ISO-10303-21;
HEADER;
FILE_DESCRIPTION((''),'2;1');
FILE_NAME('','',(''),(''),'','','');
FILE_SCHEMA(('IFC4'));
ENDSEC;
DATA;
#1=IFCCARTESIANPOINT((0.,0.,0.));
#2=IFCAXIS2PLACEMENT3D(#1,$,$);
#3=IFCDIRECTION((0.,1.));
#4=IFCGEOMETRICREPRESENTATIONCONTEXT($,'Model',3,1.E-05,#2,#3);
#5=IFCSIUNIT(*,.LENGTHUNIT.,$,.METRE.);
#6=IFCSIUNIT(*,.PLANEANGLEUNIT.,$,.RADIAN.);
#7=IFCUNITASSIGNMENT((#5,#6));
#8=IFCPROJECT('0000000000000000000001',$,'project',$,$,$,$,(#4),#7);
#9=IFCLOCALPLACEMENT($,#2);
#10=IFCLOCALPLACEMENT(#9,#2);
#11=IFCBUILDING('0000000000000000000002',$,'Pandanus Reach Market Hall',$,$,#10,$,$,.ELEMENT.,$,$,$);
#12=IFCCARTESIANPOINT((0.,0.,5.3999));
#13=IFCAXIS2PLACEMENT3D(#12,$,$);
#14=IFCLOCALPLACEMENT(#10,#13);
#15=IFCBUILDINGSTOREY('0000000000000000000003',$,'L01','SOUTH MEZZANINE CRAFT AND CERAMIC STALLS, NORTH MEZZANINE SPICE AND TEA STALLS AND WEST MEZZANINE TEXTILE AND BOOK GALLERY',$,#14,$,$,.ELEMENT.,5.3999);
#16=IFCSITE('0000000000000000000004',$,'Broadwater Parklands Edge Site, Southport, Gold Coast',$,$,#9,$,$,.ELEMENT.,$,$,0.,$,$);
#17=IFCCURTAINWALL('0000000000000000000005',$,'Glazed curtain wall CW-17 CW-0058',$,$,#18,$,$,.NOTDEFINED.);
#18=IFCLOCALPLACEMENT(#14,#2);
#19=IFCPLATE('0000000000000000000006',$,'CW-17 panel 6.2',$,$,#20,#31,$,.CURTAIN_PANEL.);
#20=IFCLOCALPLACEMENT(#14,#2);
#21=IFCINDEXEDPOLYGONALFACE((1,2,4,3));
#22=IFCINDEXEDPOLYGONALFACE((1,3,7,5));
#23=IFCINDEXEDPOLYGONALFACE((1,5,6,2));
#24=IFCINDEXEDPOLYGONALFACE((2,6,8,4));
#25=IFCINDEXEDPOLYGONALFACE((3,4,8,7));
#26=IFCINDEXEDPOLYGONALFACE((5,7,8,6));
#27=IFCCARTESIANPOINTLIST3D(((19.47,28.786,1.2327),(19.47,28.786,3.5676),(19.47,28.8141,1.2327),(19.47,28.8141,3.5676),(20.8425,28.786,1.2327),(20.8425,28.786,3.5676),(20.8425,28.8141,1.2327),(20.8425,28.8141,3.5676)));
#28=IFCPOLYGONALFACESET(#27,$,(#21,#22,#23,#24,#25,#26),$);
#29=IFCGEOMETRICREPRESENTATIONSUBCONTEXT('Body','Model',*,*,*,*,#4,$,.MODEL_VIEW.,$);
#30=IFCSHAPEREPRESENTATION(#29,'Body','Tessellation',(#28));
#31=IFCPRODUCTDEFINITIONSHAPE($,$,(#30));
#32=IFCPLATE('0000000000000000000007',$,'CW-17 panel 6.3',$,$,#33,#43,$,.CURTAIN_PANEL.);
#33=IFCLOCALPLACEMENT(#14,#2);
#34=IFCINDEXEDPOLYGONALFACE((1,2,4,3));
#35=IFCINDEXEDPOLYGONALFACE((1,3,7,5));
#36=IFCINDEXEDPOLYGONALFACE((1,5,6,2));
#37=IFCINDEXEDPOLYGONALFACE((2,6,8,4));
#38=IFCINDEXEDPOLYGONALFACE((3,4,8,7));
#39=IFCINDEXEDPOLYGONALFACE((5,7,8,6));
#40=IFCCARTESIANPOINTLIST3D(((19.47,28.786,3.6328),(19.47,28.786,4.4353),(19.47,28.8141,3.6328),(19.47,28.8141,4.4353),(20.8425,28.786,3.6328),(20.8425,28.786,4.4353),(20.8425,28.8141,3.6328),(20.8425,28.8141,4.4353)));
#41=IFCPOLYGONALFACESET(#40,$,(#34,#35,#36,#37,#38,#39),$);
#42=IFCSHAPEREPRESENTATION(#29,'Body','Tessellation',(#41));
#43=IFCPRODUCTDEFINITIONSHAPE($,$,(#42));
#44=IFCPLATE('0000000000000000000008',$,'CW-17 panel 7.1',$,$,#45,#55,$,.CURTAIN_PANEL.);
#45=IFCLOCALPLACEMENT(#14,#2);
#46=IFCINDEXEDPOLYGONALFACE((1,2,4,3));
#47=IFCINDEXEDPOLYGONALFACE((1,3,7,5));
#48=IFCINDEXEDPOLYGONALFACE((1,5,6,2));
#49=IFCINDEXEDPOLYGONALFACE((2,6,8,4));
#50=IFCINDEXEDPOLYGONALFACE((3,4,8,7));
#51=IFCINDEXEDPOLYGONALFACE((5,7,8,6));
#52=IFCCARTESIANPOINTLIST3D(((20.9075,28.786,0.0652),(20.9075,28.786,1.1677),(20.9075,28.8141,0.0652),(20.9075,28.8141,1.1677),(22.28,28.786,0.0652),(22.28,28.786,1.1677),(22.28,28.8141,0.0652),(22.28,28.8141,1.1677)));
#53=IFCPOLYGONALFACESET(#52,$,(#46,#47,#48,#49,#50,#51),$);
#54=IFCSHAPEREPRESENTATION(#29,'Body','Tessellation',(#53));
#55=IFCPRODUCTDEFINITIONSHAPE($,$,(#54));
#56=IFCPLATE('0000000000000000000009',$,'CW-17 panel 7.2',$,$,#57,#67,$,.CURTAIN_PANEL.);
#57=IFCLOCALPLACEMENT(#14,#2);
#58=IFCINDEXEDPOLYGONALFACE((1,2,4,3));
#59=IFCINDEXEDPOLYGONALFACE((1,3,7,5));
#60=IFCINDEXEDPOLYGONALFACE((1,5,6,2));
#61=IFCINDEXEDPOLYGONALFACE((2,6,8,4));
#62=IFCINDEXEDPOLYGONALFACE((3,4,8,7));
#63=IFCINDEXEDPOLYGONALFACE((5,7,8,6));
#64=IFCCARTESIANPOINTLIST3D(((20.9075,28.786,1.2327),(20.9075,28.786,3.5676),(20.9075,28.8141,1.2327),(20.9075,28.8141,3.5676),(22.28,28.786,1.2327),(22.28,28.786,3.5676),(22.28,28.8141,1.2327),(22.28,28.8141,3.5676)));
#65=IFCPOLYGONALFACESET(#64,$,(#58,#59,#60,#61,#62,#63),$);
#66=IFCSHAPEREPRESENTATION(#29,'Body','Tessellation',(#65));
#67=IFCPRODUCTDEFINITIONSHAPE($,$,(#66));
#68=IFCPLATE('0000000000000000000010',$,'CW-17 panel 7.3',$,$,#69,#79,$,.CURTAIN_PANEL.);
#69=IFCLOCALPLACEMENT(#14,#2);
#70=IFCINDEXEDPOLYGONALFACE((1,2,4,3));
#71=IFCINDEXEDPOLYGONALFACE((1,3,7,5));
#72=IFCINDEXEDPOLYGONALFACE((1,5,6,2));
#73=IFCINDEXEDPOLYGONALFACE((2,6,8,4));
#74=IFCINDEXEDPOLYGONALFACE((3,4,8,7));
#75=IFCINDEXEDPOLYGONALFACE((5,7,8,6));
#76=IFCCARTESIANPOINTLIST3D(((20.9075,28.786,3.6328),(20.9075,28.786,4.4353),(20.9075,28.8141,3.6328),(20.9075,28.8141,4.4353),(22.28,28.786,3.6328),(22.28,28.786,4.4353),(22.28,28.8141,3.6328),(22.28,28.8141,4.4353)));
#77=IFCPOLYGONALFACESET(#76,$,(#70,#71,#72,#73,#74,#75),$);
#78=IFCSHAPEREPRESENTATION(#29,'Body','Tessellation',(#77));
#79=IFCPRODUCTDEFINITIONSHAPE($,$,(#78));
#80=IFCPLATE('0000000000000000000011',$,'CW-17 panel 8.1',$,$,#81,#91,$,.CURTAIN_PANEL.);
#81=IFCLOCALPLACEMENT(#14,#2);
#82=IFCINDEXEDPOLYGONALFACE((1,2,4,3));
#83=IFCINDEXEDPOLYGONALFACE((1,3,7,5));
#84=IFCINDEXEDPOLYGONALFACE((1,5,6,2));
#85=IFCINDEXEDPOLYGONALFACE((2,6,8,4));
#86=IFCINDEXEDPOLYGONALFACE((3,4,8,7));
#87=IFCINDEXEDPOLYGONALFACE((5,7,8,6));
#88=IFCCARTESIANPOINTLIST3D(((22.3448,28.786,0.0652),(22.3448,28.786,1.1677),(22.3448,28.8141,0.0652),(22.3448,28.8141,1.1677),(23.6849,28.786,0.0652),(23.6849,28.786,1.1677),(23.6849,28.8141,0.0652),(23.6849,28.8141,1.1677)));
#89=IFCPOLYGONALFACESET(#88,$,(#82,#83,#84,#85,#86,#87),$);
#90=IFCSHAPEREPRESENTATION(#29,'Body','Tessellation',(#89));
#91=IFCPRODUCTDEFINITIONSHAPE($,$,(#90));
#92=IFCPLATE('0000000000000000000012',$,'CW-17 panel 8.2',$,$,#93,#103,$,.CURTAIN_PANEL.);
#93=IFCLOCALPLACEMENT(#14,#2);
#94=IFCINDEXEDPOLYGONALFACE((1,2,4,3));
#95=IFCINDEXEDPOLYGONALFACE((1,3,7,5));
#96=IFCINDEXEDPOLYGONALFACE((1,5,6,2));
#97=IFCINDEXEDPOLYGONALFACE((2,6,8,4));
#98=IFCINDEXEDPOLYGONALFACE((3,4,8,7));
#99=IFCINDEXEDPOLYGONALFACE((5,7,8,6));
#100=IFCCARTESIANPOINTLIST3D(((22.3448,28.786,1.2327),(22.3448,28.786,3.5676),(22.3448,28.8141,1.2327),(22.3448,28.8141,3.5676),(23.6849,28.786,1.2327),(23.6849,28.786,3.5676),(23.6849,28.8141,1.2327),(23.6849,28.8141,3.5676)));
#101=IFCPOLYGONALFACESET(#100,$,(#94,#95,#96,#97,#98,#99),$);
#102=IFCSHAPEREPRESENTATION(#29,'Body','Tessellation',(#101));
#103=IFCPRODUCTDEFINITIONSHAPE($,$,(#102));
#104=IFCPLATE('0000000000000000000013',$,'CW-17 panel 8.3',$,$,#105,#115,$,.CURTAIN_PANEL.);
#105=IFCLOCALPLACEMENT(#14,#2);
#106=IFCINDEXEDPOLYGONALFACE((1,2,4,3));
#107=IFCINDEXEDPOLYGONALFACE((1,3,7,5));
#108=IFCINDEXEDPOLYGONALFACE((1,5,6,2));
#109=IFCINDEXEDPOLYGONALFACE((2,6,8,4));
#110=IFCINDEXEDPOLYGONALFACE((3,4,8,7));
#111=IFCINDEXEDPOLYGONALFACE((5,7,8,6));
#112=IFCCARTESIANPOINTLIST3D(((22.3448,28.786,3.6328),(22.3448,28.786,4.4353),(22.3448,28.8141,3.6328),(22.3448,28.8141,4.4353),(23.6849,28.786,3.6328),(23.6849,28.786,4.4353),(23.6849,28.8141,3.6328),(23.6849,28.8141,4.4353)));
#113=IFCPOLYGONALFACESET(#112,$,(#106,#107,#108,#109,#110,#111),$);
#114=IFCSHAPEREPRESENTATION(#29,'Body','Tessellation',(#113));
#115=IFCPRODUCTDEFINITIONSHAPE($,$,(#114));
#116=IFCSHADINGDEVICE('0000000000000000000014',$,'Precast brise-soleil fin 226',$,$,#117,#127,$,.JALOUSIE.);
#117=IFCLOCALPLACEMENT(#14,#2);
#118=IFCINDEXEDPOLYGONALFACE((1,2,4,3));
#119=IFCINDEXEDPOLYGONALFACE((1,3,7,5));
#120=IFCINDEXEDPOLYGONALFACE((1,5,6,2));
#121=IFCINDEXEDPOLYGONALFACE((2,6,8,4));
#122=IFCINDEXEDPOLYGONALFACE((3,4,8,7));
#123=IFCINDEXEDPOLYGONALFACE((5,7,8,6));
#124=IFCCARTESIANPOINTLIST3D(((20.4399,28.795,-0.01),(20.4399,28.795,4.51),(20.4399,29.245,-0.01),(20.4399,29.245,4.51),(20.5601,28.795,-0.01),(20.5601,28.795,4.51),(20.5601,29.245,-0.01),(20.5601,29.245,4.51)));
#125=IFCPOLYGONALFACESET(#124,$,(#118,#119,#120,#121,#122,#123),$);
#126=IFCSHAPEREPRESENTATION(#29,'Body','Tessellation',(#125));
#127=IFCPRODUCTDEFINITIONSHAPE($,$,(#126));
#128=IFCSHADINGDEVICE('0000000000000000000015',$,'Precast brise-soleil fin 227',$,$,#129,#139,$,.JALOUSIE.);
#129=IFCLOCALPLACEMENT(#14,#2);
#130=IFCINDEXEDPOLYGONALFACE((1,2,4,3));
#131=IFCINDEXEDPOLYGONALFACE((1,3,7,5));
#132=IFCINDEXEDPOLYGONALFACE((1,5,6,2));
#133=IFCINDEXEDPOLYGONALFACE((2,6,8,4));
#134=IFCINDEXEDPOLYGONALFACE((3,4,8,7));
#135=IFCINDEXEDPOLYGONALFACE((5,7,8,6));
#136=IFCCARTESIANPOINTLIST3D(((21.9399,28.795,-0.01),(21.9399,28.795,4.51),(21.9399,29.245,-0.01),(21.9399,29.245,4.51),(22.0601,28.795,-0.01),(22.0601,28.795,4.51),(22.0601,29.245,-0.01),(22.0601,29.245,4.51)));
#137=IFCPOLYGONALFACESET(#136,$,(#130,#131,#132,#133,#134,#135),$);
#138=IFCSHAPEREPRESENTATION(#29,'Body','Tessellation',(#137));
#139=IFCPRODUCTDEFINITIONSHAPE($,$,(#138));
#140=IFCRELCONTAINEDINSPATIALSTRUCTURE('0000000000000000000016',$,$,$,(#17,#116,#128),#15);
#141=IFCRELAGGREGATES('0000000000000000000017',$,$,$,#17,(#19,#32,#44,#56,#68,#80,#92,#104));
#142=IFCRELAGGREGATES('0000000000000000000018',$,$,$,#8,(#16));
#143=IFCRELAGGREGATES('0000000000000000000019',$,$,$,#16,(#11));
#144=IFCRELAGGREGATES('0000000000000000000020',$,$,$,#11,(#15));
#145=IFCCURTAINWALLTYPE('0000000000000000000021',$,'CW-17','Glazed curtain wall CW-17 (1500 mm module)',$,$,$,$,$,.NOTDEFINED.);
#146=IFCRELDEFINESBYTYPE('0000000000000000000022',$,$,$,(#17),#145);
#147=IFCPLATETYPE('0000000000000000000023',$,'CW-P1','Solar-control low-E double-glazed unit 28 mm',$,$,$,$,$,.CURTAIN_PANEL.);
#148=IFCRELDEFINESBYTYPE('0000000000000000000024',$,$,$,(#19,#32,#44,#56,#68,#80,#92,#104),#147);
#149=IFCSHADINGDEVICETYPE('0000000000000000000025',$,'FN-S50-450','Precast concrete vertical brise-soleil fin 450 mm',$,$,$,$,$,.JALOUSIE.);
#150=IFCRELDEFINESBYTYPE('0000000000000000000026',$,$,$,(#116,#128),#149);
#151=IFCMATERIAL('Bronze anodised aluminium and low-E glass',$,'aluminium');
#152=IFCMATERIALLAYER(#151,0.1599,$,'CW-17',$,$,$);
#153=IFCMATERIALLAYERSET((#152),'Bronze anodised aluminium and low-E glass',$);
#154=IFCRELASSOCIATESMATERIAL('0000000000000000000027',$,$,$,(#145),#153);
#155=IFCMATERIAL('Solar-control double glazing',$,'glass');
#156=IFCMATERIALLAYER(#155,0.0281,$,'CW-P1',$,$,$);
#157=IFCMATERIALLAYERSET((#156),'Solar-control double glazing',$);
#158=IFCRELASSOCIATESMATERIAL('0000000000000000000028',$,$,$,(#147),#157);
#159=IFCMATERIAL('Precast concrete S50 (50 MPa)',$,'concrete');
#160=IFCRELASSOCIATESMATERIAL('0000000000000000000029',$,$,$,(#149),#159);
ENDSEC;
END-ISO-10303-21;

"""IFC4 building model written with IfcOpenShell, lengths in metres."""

from ifc_helpers import new_model, si_unit, direction, frame, origin, origin_2d, place, context, subcontext, project, spatial, rectangle, extrude, material, layer, layer_set, type_object, element, aggregate, save


model = new_model("IFC4")

# Units and contexts
model_context = context("Model", 3, precision=1e-05, world=origin(), true_north=direction((0.0, 1.0)))
body_context = subcontext(model_context, "Body", "Model", "MODEL_VIEW")
ifc_project = project(units=[si_unit("LENGTHUNIT", "METRE"), si_unit("PLANEANGLEUNIT", "RADIAN")], contexts=[model_context])

# Site, building, storey
site_placement = place(None, origin())
site = spatial("IfcSite", under=ifc_project, at=site_placement, Name="Broadwater Parklands Edge Site, Southport, Gold Coast", CompositionType="ELEMENT", RefElevation=0.0)
building_placement = place(site_placement, origin())
building = spatial("IfcBuilding", under=site, at=building_placement, Name="Pandanus Reach Market Hall", CompositionType="ELEMENT")
storey_placement = place(building_placement, frame((0.0, 0.0, 5.3999)))
storey = spatial("IfcBuildingStorey", under=building, at=storey_placement, Name="L01", Description="SOUTH MEZZANINE CRAFT AND CERAMIC STALLS, NORTH MEZZANINE SPICE AND TEA STALLS AND WEST MEZZANINE TEXTILE AND BOOK GALLERY", CompositionType="ELEMENT", Elevation=5.3999)

# Curtain wall, plates
ifc_material_1 = material(Name="Bronze anodised aluminium and low-E glass", Category="aluminium")
ifc_layer_1 = layer(ifc_material_1, 0.1599, Name="CW-17")
ifc_layer_set_1 = layer_set([ifc_layer_1], Name="Bronze anodised aluminium and low-E glass")
curtain_wall_type = type_object("IfcCurtainWallType", Name="CW-17", Description="Glazed curtain wall CW-17 (1500 mm module)", PredefinedType="NOTDEFINED", material=ifc_layer_set_1)
curtain_wall_placement = place(storey_placement, origin())
curtain_wall = element("IfcCurtainWall", 1, at=curtain_wall_placement, inside=storey, type_object=curtain_wall_type, Name="Glazed curtain wall CW-17 CW-0058", PredefinedType="NOTDEFINED")
ifc_material_2 = material(Name="Solar-control double glazing", Category="glass")
ifc_layer_2 = layer(ifc_material_2, 0.0281, Name="CW-P1")
ifc_layer_set_2 = layer_set([ifc_layer_2], Name="Solar-control double glazing")
plate_type = type_object("IfcPlateType", Name="CW-P1", Description="Solar-control low-E double-glazed unit 28 mm", PredefinedType="CURTAIN_PANEL", material=ifc_layer_set_2)
plate_1_placement = place(storey_placement, frame((20.1562, 28.8, 1.2327), z_axis=(0.0, 0.0, 1.0), x_axis=(1.0, 0.0, 0.0)))
plate_1 = element("IfcPlate", 2, at=plate_1_placement, type_object=plate_type, Name="CW-17 panel 6.2", PredefinedType="CURTAIN_PANEL", context=body_context, shape_type="SweptSolid", body=[
    extrude(rectangle(XDim=1.3726, YDim=0.0281, at=origin_2d()), origin(), (0.0, 0.0, 1.0), 2.335),
])
plate_2_placement = place(storey_placement, frame((20.1562, 28.8, 3.6328), z_axis=(0.0, 0.0, 1.0), x_axis=(1.0, 0.0, 0.0)))
plate_2 = element("IfcPlate", 3, at=plate_2_placement, type_object=plate_type, Name="CW-17 panel 6.3", PredefinedType="CURTAIN_PANEL", context=body_context, shape_type="SweptSolid", body=[
    extrude(rectangle(XDim=1.3726, YDim=0.0281, at=origin_2d()), origin(), (0.0, 0.0, 1.0), 0.8025),
])
plate_3_placement = place(storey_placement, frame((21.5938, 28.8, 0.0652), z_axis=(0.0, 0.0, 1.0), x_axis=(1.0, 0.0, 0.0)))
plate_3 = element("IfcPlate", 4, at=plate_3_placement, type_object=plate_type, Name="CW-17 panel 7.1", PredefinedType="CURTAIN_PANEL", context=body_context, shape_type="SweptSolid", body=[
    extrude(rectangle(XDim=1.3726, YDim=0.0281, at=origin_2d()), origin(), (0.0, 0.0, 1.0), 1.1025),
])
plate_4_placement = place(storey_placement, frame((21.5938, 28.8, 1.2327), z_axis=(0.0, 0.0, 1.0), x_axis=(1.0, 0.0, 0.0)))
plate_4 = element("IfcPlate", 5, at=plate_4_placement, type_object=plate_type, Name="CW-17 panel 7.2", PredefinedType="CURTAIN_PANEL", context=body_context, shape_type="SweptSolid", body=[
    extrude(rectangle(XDim=1.3726, YDim=0.0281, at=origin_2d()), origin(), (0.0, 0.0, 1.0), 2.335),
])
plate_5_placement = place(storey_placement, frame((21.5938, 28.8, 3.6328), z_axis=(0.0, 0.0, 1.0), x_axis=(1.0, 0.0, 0.0)))
plate_5 = element("IfcPlate", 6, at=plate_5_placement, type_object=plate_type, Name="CW-17 panel 7.3", PredefinedType="CURTAIN_PANEL", context=body_context, shape_type="SweptSolid", body=[
    extrude(rectangle(XDim=1.3726, YDim=0.0281, at=origin_2d()), origin(), (0.0, 0.0, 1.0), 0.8025),
])
plate_6_placement = place(storey_placement, frame((23.0149, 28.8, 0.0652), z_axis=(0.0, 0.0, 1.0), x_axis=(1.0, 0.0, 0.0)))
plate_6 = element("IfcPlate", 7, at=plate_6_placement, type_object=plate_type, Name="CW-17 panel 8.1", PredefinedType="CURTAIN_PANEL", context=body_context, shape_type="SweptSolid", body=[
    extrude(rectangle(XDim=1.3401, YDim=0.0281, at=origin_2d()), origin(), (0.0, 0.0, 1.0), 1.1025),
])
plate_7_placement = place(storey_placement, frame((23.0149, 28.8, 1.2327), z_axis=(0.0, 0.0, 1.0), x_axis=(1.0, 0.0, 0.0)))
plate_7 = element("IfcPlate", 8, at=plate_7_placement, type_object=plate_type, Name="CW-17 panel 8.2", PredefinedType="CURTAIN_PANEL", context=body_context, shape_type="SweptSolid", body=[
    extrude(rectangle(XDim=1.3401, YDim=0.0281, at=origin_2d()), origin(), (0.0, 0.0, 1.0), 2.335),
])
plate_8_placement = place(storey_placement, frame((23.0149, 28.8, 3.6328), z_axis=(0.0, 0.0, 1.0), x_axis=(1.0, 0.0, 0.0)))
plate_8 = element("IfcPlate", 9, at=plate_8_placement, type_object=plate_type, Name="CW-17 panel 8.3", PredefinedType="CURTAIN_PANEL", context=body_context, shape_type="SweptSolid", body=[
    extrude(rectangle(XDim=1.3401, YDim=0.0281, at=origin_2d()), origin(), (0.0, 0.0, 1.0), 0.8025),
])
aggregate(curtain_wall, [plate_1, plate_2, plate_3, plate_4, plate_5, plate_6, plate_7, plate_8])

# Shading devices
ifc_material_3 = material(Name="Precast concrete S50 (50 MPa)", Category="concrete")
shading_device_type = type_object("IfcShadingDeviceType", Name="FN-S50-450", Description="Precast concrete vertical brise-soleil fin 450 mm", PredefinedType="JALOUSIE", material=ifc_material_3)
for number, where, z_axis, x_axis, name in (
    (10, (20.5, 29.02, -0.01), (0.0, 0.0, 1.0), (0.0, 1.0, 0.0), "Precast brise-soleil fin 226"),
    (11, (22.0, 29.02, -0.01), (0.0, 0.0, 1.0), (0.0, 1.0, 0.0), "Precast brise-soleil fin 227"),
):
    element("IfcShadingDevice", number, at=place(storey_placement, frame(where, z_axis=z_axis, x_axis=x_axis)), inside=storey, type_object=shading_device_type, Name=name, PredefinedType="JALOUSIE", context=body_context, shape_type="SweptSolid", body=[
        extrude(rectangle(XDim=0.45, YDim=0.1201, at=origin_2d()), origin(), (0.0, 0.0, 1.0), 4.52),
    ])

save(model, "model.ifc")
